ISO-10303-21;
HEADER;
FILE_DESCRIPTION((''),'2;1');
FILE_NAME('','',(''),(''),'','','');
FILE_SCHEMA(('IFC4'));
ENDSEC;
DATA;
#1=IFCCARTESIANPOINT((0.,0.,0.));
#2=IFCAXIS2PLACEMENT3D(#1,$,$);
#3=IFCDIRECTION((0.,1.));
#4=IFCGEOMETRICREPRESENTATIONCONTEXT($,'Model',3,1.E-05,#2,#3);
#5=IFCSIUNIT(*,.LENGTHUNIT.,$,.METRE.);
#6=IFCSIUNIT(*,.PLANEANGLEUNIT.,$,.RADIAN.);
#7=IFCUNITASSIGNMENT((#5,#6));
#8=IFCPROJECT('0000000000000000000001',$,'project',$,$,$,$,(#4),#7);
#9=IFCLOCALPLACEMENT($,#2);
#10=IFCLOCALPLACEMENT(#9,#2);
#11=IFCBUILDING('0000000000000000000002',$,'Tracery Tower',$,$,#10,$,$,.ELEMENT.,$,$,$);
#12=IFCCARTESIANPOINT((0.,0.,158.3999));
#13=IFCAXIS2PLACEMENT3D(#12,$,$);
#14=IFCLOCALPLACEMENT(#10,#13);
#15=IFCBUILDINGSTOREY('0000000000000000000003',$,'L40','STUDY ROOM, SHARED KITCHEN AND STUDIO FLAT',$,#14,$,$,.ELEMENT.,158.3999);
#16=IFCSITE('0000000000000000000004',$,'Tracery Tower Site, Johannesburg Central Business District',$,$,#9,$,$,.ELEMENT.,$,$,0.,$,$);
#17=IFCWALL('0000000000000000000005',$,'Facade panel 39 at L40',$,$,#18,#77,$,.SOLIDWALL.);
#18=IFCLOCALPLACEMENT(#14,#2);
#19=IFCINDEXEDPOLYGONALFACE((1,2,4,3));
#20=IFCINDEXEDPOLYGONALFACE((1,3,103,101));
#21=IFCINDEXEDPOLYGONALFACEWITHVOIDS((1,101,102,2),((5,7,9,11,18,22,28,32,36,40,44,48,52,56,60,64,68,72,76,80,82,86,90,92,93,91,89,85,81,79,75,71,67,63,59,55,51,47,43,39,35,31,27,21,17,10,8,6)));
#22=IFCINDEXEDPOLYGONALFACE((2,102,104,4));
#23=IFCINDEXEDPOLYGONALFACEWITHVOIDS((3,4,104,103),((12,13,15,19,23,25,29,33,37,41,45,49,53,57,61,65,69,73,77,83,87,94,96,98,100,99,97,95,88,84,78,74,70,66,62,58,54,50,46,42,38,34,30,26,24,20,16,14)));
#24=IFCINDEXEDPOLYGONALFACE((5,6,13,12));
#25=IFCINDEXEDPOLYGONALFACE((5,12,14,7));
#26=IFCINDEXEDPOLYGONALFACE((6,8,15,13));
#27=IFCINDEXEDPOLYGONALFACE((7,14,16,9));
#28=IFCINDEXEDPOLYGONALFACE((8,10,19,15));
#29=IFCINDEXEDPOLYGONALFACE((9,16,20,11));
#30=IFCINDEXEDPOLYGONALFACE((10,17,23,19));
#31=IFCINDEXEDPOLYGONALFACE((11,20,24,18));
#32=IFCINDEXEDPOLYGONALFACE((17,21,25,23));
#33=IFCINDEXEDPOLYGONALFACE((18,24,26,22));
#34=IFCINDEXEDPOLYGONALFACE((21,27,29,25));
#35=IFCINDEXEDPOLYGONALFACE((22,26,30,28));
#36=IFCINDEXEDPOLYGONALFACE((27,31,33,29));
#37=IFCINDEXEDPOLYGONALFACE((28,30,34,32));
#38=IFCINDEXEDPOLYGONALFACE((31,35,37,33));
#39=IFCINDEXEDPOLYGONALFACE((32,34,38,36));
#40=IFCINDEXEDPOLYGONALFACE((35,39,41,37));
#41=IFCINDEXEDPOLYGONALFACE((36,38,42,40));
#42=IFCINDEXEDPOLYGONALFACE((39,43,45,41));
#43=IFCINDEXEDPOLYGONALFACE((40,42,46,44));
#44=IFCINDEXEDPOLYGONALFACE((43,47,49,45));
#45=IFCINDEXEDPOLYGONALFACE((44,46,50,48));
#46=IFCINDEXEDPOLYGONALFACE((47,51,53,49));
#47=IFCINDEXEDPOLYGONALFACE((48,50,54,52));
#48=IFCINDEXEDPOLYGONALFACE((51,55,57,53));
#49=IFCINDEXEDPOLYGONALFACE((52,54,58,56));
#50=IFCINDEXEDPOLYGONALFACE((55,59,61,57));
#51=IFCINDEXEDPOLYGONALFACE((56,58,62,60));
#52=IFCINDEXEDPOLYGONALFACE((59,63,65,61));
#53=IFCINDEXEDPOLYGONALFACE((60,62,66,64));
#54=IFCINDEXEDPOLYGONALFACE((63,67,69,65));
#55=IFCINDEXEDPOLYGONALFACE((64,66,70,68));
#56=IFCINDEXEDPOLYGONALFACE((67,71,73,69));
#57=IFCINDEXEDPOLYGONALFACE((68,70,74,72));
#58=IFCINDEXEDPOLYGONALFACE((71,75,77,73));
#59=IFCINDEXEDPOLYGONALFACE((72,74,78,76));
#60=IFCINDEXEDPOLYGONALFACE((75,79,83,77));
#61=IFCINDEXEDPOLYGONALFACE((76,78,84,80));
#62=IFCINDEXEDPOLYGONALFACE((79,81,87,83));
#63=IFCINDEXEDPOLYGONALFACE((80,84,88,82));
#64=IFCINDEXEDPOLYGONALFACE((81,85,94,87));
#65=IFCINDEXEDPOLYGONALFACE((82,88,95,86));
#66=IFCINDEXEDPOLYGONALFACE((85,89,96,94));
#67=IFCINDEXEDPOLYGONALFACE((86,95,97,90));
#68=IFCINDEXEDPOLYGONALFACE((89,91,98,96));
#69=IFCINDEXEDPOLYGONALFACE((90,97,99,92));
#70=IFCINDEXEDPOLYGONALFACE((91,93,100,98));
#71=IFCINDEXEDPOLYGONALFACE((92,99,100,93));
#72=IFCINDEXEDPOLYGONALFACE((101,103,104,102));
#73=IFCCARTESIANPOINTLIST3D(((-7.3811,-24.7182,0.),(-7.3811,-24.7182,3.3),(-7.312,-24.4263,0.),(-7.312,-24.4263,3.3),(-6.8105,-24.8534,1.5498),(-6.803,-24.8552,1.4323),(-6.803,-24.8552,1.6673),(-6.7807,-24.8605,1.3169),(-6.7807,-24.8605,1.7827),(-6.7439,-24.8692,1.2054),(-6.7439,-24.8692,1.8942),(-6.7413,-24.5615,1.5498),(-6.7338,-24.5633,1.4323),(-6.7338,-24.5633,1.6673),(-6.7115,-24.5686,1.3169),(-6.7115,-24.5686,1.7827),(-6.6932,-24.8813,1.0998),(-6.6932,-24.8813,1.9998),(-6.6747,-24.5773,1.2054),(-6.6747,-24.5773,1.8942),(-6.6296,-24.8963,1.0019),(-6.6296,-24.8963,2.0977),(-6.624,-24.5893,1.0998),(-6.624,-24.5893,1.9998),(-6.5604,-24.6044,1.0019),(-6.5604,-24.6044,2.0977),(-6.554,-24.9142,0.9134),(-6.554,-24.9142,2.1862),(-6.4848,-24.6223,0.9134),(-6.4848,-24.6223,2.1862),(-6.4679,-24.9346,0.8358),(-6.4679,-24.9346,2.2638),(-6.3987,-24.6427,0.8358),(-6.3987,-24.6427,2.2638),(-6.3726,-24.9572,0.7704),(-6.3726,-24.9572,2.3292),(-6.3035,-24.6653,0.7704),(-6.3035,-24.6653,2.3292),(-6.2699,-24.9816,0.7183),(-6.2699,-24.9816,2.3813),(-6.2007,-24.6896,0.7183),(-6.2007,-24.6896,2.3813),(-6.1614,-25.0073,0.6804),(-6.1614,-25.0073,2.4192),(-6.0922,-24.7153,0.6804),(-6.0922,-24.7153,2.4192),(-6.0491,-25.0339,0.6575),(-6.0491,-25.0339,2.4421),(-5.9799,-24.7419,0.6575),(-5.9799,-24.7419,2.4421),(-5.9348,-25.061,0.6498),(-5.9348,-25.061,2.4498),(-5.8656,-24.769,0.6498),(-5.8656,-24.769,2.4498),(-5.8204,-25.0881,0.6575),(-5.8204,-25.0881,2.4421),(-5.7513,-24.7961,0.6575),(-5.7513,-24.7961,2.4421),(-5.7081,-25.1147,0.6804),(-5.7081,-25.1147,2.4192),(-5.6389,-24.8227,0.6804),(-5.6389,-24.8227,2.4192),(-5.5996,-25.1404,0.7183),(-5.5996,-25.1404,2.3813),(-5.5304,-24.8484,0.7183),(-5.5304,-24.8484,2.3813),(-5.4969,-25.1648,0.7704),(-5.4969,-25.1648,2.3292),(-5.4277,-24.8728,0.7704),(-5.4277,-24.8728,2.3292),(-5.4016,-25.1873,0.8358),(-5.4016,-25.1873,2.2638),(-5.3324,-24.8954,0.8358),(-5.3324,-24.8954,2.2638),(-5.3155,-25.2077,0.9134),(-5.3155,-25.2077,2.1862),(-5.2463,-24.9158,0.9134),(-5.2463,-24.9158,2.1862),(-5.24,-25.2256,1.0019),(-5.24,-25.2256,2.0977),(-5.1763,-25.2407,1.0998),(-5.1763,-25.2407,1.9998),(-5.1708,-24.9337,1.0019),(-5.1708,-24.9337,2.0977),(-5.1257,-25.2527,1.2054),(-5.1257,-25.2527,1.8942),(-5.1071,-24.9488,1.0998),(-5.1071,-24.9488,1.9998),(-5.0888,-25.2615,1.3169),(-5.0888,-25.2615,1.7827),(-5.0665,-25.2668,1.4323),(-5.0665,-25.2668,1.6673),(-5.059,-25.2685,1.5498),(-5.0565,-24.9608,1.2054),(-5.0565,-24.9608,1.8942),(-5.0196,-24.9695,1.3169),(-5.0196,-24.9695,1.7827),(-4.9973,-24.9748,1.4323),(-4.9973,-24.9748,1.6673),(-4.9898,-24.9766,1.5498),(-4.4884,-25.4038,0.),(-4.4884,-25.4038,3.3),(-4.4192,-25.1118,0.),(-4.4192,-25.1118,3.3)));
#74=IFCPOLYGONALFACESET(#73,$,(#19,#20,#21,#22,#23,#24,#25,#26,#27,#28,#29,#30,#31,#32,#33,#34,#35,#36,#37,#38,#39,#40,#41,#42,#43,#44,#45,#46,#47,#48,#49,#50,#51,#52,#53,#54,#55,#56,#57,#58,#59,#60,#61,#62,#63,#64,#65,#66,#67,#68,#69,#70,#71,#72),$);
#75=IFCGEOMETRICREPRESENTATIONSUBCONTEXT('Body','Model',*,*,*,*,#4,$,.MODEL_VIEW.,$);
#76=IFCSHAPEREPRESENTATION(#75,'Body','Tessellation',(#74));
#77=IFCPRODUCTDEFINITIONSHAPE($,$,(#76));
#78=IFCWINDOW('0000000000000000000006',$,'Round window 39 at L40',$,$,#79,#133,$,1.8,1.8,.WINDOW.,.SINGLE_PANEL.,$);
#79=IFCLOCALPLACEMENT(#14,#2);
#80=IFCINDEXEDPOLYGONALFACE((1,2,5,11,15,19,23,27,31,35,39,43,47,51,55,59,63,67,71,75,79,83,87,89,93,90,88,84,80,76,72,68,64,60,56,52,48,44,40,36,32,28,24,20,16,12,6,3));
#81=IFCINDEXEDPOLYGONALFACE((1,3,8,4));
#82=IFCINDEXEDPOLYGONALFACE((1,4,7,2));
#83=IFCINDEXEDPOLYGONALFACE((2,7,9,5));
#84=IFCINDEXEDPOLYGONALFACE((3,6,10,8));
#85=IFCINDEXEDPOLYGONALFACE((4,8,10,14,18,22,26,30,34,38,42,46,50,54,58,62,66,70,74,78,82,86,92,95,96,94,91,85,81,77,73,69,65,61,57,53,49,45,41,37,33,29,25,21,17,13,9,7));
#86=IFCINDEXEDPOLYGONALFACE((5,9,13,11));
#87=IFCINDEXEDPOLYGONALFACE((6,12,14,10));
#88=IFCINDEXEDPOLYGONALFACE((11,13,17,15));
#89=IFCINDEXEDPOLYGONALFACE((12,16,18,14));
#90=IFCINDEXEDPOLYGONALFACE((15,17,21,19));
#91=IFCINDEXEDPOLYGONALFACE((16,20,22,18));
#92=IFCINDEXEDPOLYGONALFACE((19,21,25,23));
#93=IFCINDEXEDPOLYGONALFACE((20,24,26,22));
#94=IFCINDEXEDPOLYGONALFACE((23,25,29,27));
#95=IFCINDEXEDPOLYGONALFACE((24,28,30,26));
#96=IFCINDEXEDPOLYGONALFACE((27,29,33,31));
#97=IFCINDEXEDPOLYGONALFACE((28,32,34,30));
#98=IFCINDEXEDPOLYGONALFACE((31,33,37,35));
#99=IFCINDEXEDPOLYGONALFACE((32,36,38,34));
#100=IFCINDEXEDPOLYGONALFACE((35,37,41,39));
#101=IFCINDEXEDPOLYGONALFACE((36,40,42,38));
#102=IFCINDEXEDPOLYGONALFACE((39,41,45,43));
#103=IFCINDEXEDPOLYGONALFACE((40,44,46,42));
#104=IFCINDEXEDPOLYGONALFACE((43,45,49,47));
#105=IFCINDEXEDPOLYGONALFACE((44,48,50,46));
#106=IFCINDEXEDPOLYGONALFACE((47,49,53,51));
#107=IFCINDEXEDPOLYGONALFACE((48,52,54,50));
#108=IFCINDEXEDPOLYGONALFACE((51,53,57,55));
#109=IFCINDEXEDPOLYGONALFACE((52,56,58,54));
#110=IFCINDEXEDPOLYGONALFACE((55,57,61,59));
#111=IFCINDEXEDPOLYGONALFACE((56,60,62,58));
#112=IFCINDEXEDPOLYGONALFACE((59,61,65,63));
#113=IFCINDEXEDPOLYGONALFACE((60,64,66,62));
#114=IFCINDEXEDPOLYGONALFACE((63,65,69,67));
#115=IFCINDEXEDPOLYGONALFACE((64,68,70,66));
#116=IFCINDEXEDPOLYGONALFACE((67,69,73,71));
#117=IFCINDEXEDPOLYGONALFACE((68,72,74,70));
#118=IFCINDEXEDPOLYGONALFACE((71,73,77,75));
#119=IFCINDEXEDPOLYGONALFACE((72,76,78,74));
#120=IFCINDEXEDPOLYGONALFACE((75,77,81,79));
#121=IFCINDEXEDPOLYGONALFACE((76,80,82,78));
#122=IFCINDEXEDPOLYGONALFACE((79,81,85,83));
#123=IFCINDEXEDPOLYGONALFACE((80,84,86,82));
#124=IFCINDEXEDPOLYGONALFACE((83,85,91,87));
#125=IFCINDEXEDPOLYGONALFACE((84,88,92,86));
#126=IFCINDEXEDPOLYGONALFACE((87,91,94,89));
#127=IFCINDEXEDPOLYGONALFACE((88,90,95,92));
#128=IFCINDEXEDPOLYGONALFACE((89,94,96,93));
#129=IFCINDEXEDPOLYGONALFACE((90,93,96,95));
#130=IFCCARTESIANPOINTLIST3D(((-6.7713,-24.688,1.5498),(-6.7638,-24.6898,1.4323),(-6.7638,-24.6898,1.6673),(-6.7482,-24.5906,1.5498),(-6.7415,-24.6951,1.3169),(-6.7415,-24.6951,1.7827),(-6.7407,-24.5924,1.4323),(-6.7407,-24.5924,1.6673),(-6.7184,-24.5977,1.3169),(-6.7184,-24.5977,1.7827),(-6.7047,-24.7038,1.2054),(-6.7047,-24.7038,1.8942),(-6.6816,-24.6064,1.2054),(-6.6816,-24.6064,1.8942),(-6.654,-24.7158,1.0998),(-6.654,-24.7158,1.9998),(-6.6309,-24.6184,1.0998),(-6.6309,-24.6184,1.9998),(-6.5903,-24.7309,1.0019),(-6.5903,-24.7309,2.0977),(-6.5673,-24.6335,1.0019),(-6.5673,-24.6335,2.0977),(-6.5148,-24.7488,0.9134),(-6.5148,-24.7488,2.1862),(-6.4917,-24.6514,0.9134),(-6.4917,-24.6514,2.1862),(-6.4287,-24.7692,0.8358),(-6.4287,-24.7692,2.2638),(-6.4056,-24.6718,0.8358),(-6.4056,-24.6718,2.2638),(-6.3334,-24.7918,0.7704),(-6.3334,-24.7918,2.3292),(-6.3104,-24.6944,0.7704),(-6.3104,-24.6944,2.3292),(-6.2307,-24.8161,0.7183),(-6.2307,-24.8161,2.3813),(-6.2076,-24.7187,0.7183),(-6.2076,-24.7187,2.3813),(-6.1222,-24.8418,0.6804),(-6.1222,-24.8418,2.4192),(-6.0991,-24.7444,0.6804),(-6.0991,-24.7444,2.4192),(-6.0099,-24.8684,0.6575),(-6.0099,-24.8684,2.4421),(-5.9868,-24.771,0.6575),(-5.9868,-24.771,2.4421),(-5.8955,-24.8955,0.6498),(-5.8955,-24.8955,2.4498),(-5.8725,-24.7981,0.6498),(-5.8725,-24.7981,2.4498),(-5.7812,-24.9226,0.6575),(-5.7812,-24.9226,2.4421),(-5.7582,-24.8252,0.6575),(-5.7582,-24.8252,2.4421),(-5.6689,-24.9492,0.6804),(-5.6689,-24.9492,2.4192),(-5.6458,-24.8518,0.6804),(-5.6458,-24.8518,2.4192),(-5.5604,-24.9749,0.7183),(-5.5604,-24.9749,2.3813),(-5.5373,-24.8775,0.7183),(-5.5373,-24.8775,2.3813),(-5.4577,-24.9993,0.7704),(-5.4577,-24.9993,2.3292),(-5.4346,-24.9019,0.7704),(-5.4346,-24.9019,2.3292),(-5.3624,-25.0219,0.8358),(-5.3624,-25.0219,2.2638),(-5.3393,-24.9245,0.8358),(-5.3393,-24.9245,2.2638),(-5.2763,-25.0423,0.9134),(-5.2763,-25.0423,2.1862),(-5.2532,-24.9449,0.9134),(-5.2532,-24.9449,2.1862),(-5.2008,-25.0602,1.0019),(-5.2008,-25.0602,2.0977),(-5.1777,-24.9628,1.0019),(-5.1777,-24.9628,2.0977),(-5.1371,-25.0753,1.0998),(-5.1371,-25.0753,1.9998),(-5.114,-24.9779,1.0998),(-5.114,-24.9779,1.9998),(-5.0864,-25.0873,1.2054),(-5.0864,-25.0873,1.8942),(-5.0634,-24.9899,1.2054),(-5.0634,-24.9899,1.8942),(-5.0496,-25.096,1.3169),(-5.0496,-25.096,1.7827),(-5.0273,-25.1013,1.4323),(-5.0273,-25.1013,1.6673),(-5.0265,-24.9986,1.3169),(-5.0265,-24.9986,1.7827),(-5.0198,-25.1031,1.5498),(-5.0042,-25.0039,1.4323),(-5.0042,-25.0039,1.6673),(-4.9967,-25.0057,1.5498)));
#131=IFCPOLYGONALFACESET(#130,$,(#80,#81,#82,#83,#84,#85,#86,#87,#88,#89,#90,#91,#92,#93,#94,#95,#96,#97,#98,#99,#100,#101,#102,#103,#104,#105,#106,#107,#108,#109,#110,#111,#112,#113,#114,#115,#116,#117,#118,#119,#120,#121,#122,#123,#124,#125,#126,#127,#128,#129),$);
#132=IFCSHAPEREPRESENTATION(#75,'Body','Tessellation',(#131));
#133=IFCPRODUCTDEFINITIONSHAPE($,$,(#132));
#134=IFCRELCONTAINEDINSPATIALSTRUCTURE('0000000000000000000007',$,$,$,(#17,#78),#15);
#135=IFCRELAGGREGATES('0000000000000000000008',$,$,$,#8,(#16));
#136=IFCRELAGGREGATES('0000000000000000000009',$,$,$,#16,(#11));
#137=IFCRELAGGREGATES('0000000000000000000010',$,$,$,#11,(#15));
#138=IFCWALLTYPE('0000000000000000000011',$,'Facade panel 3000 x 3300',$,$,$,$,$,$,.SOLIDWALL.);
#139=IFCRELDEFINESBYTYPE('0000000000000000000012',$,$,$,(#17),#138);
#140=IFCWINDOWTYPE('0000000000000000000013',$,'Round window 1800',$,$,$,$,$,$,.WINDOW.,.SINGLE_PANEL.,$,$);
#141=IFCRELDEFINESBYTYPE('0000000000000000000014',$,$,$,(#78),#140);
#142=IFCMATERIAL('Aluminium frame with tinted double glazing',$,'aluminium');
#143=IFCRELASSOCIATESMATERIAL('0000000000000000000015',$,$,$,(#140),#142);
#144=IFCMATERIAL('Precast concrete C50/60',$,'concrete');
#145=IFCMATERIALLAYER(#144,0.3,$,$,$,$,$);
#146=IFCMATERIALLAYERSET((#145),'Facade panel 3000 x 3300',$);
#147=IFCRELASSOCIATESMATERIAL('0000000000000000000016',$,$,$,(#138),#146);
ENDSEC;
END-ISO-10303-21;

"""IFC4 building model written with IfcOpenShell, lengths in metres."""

from ifc_helpers import new_model, si_unit, direction, frame, frame_2d, origin, origin_2d, place, context, subcontext, project, spatial, rectangle, circle, extrude, material, layer, layer_set, type_object, element, fill, save


model = new_model("IFC4")

# Units and contexts
model_context = context("Model", 3, precision=1e-05, world=origin(), true_north=direction((0.0, 1.0)))
body_context = subcontext(model_context, "Body", "Model", "MODEL_VIEW")
ifc_project = project(units=[si_unit("LENGTHUNIT", "METRE"), si_unit("PLANEANGLEUNIT", "RADIAN")], contexts=[model_context])

# Site, building, storey
site_placement = place(None, origin())
site = spatial("IfcSite", under=ifc_project, at=site_placement, Name="Tracery Tower Site, Johannesburg Central Business District", CompositionType="ELEMENT", RefElevation=0.0)
building_placement = place(site_placement, origin())
building = spatial("IfcBuilding", under=site, at=building_placement, Name="Tracery Tower", CompositionType="ELEMENT")
storey_placement = place(building_placement, frame((0.0, 0.0, 158.3999)))
storey = spatial("IfcBuildingStorey", under=building, at=storey_placement, Name="L40", Description="STUDY ROOM, SHARED KITCHEN AND STUDIO FLAT", CompositionType="ELEMENT", Elevation=158.3999)

# Wall, opening, window
ifc_material_1 = material(Name="Aluminium frame with tinted double glazing", Category="aluminium")
window_type = type_object("IfcWindowType", Name="Round window 1800", PartitioningType="SINGLE_PANEL", PredefinedType="WINDOW", material=ifc_material_1)
ifc_material_2 = material(Name="Precast concrete C50/60", Category="concrete")
ifc_layer_1 = layer(ifc_material_2, 0.3)
ifc_layer_set_1 = layer_set([ifc_layer_1], Name="Facade panel 3000 x 3300")
wall_type_1 = type_object("IfcWallType", Name="Facade panel 3000 x 3300", PredefinedType="SOLIDWALL", material=ifc_layer_set_1)
wall_1_placement = place(storey_placement, frame((-7.3464, -24.5723, 0.0), z_axis=(0.0, 0.0, 1.0), x_axis=(0.97305, -0.230595, 0.0)))
wall_1 = element("IfcWall", 1, at=wall_1_placement, inside=storey, type_object=wall_type_1, Name="Facade panel 39 at L40", PredefinedType="SOLIDWALL", context=body_context, shape_type="SweptSolid", body=[
    extrude(rectangle(XDim=2.9729, YDim=0.3, at=frame_2d((1.4863, 0.0))), origin(), (0.0, 0.0, 1.0), 3.3),
])
opening_1_placement = place(wall_1_placement, frame((1.4863, 0.0, 1.5498)))
opening_1 = element("IfcOpeningElement", 2, at=opening_1_placement, cuts=wall_1, PredefinedType="OPENING", context=body_context, shape_type="SweptSolid", body=[
    extrude(circle(Radius=0.9, at=origin_2d()), frame((0.0, 0.1599, 0.0), z_axis=(0.0, -1.0, 0.0), x_axis=(1.0, 0.0, 0.0)), (0.0, 0.0, 1.0), 0.3201),
])
window_1_placement = place(opening_1_placement, origin())
window_1 = element("IfcWindow", 3, at=window_1_placement, inside=storey, type_object=window_type, Name="Round window 39 at L40", OverallHeight=1.8, OverallWidth=1.8, PartitioningType="SINGLE_PANEL", PredefinedType="WINDOW", context=body_context, shape_type="SweptSolid", body=[
    extrude(circle(Radius=0.9, at=origin_2d()), frame((0.0, 0.1201, 0.0), z_axis=(0.0, -1.0, 0.0), x_axis=(1.0, 0.0, 0.0)), (0.0, 0.0, 1.0), 0.1001),
])
fill(opening_1, window_1)

save(model, "model.ifc")
